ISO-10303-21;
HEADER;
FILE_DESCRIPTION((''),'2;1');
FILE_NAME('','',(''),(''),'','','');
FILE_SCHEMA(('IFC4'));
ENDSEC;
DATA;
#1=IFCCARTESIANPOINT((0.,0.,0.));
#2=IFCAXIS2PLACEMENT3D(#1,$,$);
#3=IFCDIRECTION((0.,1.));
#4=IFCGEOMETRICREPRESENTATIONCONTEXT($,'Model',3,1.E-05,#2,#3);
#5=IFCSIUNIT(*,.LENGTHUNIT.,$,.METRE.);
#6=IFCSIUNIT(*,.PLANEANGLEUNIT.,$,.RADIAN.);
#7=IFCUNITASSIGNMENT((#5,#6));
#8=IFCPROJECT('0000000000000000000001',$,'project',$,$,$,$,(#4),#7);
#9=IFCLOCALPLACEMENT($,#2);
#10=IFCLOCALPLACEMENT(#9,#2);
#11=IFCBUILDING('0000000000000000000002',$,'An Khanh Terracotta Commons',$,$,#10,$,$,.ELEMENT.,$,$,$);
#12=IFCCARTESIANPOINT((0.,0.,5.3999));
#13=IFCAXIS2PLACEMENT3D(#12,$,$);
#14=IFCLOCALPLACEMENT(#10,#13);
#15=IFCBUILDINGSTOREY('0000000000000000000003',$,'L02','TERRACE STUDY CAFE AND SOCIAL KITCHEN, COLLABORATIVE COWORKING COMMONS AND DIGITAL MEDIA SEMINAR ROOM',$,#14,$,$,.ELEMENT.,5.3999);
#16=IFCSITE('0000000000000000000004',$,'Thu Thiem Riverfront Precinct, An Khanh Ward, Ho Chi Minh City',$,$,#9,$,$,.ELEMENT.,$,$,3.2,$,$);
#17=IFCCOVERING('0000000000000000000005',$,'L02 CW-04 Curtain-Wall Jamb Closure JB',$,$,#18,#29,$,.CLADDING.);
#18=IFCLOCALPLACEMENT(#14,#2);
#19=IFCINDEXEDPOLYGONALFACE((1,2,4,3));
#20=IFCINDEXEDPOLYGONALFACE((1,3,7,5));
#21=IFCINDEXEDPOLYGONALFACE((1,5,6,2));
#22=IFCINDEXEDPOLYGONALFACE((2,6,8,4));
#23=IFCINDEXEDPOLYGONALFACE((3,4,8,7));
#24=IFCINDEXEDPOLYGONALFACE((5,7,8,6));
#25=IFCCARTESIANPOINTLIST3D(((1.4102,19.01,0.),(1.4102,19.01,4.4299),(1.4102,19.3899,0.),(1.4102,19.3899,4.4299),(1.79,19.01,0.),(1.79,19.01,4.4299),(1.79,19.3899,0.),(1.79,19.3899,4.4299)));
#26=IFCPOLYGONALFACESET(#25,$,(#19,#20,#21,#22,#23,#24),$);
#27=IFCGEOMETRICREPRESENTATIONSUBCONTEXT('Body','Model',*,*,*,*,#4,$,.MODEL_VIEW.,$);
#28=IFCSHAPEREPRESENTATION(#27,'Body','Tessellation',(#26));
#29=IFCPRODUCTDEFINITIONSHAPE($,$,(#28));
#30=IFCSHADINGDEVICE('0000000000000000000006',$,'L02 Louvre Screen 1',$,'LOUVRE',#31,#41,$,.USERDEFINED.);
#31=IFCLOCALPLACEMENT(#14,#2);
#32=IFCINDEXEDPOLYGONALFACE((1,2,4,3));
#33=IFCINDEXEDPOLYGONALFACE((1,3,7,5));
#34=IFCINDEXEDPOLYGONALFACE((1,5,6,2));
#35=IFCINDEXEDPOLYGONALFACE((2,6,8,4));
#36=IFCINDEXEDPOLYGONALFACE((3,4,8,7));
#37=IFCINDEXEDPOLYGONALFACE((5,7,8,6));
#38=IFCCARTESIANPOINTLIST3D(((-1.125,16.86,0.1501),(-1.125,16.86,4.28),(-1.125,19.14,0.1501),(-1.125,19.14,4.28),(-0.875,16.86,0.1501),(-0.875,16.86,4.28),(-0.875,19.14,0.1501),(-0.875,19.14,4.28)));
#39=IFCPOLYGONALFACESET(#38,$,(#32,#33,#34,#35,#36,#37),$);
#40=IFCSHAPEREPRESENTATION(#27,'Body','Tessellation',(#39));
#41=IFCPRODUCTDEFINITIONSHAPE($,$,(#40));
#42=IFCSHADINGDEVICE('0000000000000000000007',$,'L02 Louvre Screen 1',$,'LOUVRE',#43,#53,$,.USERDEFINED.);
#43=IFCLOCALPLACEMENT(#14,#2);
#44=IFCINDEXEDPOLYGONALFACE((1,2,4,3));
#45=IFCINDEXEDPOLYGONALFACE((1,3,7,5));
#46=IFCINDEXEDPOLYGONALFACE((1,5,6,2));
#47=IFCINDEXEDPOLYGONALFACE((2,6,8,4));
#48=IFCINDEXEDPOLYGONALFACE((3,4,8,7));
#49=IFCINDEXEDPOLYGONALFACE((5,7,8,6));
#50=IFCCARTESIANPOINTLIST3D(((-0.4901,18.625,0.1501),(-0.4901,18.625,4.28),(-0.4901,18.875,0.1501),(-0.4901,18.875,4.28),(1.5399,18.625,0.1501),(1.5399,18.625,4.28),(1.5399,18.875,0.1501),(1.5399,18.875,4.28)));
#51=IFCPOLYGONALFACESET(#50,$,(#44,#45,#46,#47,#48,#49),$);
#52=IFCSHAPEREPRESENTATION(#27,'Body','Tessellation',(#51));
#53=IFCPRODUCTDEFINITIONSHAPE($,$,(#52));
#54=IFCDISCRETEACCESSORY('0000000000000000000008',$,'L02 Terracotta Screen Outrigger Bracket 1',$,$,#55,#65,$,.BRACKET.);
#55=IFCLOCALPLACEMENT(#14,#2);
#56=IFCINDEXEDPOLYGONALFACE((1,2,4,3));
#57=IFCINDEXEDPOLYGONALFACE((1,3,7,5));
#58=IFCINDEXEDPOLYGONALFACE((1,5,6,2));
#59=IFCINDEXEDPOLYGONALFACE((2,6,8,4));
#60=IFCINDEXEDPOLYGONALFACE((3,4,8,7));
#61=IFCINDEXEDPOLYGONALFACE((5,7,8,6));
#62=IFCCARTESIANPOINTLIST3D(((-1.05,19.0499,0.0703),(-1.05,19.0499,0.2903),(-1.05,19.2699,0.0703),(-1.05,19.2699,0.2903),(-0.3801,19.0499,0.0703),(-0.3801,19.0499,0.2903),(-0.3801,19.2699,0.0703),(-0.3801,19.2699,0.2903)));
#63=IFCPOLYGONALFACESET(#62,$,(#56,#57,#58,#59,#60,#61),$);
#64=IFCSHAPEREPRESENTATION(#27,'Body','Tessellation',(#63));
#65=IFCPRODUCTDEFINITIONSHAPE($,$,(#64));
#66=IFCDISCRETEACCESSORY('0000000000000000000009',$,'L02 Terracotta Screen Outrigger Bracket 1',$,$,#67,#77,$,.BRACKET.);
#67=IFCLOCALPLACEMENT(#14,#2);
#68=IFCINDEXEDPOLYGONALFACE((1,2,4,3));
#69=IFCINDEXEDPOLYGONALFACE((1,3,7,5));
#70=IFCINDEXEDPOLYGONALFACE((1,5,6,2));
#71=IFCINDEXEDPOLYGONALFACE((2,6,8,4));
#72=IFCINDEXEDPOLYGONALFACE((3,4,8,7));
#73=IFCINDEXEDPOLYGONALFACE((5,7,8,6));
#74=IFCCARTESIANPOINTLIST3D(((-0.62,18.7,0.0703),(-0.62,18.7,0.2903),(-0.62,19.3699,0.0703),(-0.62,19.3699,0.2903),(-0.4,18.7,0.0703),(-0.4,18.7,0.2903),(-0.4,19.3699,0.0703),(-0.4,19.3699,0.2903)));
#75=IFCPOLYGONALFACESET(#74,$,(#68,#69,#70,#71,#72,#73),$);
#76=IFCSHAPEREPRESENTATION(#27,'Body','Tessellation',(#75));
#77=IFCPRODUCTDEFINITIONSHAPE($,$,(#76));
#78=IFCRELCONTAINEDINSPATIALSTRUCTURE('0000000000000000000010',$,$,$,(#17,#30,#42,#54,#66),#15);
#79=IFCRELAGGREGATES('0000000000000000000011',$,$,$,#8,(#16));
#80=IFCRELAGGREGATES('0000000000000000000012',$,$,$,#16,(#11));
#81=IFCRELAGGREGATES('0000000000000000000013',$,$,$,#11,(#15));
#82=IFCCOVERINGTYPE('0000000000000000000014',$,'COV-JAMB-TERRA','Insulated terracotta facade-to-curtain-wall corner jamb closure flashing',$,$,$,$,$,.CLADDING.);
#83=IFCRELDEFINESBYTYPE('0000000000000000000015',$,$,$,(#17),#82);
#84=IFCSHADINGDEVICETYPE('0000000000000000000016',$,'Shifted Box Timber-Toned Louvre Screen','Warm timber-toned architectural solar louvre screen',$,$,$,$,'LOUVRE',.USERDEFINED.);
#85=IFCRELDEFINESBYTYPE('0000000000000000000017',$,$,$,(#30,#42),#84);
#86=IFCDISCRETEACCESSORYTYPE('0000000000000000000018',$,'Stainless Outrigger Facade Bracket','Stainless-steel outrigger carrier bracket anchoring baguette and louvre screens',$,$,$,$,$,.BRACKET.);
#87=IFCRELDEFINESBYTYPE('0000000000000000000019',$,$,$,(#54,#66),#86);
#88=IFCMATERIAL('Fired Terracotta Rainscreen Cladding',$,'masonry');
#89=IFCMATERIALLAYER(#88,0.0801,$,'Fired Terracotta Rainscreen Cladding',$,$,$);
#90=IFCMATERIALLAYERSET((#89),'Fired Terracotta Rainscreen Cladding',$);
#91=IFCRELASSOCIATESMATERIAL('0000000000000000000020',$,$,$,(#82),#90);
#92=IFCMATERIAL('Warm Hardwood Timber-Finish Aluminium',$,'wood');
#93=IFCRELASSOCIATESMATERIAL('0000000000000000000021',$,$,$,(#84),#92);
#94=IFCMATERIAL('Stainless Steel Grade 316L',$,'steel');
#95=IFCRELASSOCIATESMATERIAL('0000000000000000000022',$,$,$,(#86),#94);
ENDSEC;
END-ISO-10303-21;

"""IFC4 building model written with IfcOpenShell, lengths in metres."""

from ifc_helpers import new_model, si_unit, direction, frame, origin, origin_2d, place, context, subcontext, project, spatial, rectangle, extrude, material, layer, layer_set, type_object, element, save


model = new_model("IFC4")

# Units and contexts
model_context = context("Model", 3, precision=1e-05, world=origin(), true_north=direction((0.0, 1.0)))
body_context = subcontext(model_context, "Body", "Model", "MODEL_VIEW")
ifc_project = project(units=[si_unit("LENGTHUNIT", "METRE"), si_unit("PLANEANGLEUNIT", "RADIAN")], contexts=[model_context])

# Site, building, storey
site_placement = place(None, origin())
site = spatial("IfcSite", under=ifc_project, at=site_placement, Name="Thu Thiem Riverfront Precinct, An Khanh Ward, Ho Chi Minh City", CompositionType="ELEMENT", RefElevation=3.2)
building_placement = place(site_placement, origin())
building = spatial("IfcBuilding", under=site, at=building_placement, Name="An Khanh Terracotta Commons", CompositionType="ELEMENT")
storey_placement = place(building_placement, frame((0.0, 0.0, 5.3999)))
storey = spatial("IfcBuildingStorey", under=building, at=storey_placement, Name="L02", Description="TERRACE STUDY CAFE AND SOCIAL KITCHEN, COLLABORATIVE COWORKING COMMONS AND DIGITAL MEDIA SEMINAR ROOM", CompositionType="ELEMENT", Elevation=5.3999)

# Covering
ifc_material_1 = material(Name="Fired Terracotta Rainscreen Cladding", Category="masonry")
ifc_layer_1 = layer(ifc_material_1, 0.0801, Name="Fired Terracotta Rainscreen Cladding")
ifc_layer_set_1 = layer_set([ifc_layer_1], Name="Fired Terracotta Rainscreen Cladding")
covering_type = type_object("IfcCoveringType", Name="COV-JAMB-TERRA", Description="Insulated terracotta facade-to-curtain-wall corner jamb closure flashing", PredefinedType="CLADDING", material=ifc_layer_set_1)
for number, where, z_axis, x_axis, name in (
    (1, (1.6001, 19.2, 0.0), (0.0, 0.0, 1.0), (1.0, 0.0, 0.0), "L02 CW-04 Curtain-Wall Jamb Closure JB"),
):
    element("IfcCovering", number, at=place(storey_placement, frame(where, z_axis=z_axis, x_axis=x_axis)), inside=storey, type_object=covering_type, Name=name, PredefinedType="CLADDING", context=body_context, shape_type="SweptSolid", body=[
        extrude(rectangle(XDim=0.3799, YDim=0.3799, at=origin_2d()), origin(), (0.0, 0.0, 1.0), 4.4299),
    ])

# Shading devices
ifc_material_2 = material(Name="Warm Hardwood Timber-Finish Aluminium", Category="wood")
shading_device_type = type_object("IfcShadingDeviceType", Name="Shifted Box Timber-Toned Louvre Screen", Description="Warm timber-toned architectural solar louvre screen", ElementType="LOUVRE", PredefinedType="USERDEFINED", material=ifc_material_2)
shading_device_1_placement = place(storey_placement, frame((-1.0, 18.0, 0.1501), z_axis=(0.0, 0.0, 1.0), x_axis=(0.0, -1.0, 0.0)))
element("IfcShadingDevice", 2, at=shading_device_1_placement, inside=storey, type_object=shading_device_type, Name="L02 Louvre Screen 1", ObjectType="LOUVRE", PredefinedType="USERDEFINED", context=body_context, shape_type="SweptSolid", body=[
    extrude(rectangle(XDim=2.28, YDim=0.25, at=origin_2d()), origin(), (0.0, 0.0, 1.0), 4.1299),
])
shading_device_2_placement = place(storey_placement, frame((0.5249, 18.75, 0.1501), z_axis=(0.0, 0.0, 1.0), x_axis=(1.0, 0.0, 0.0)))
element("IfcShadingDevice", 3, at=shading_device_2_placement, inside=storey, type_object=shading_device_type, Name="L02 Louvre Screen 1", ObjectType="LOUVRE", PredefinedType="USERDEFINED", context=body_context, shape_type="SweptSolid", body=[
    extrude(rectangle(XDim=2.03, YDim=0.25, at=origin_2d()), origin(), (0.0, 0.0, 1.0), 4.1299),
])

# Discrete accessories
ifc_material_3 = material(Name="Stainless Steel Grade 316L", Category="steel")
discrete_accessory_type = type_object("IfcDiscreteAccessoryType", Name="Stainless Outrigger Facade Bracket", Description="Stainless-steel outrigger carrier bracket anchoring baguette and louvre screens", PredefinedType="BRACKET", material=ifc_material_3)
for number, where, z_axis, x_axis, name in (
    (4, (-0.7151, 19.1599, 0.0703), (0.0, 0.0, 1.0), (0.0, -1.0, 0.0), "L02 Terracotta Screen Outrigger Bracket 1"),
    (5, (-0.51, 19.0349, 0.0703), (0.0, 0.0, 1.0), (1.0, 0.0, 0.0), "L02 Terracotta Screen Outrigger Bracket 1"),
):
    element("IfcDiscreteAccessory", number, at=place(storey_placement, frame(where, z_axis=z_axis, x_axis=x_axis)), inside=storey, type_object=discrete_accessory_type, Name=name, PredefinedType="BRACKET", context=body_context, shape_type="SweptSolid", body=[
        extrude(rectangle(XDim=0.22, YDim=0.6699, at=origin_2d()), origin(), (0.0, 0.0, 1.0), 0.22),
    ])

save(model, "model.ifc")
